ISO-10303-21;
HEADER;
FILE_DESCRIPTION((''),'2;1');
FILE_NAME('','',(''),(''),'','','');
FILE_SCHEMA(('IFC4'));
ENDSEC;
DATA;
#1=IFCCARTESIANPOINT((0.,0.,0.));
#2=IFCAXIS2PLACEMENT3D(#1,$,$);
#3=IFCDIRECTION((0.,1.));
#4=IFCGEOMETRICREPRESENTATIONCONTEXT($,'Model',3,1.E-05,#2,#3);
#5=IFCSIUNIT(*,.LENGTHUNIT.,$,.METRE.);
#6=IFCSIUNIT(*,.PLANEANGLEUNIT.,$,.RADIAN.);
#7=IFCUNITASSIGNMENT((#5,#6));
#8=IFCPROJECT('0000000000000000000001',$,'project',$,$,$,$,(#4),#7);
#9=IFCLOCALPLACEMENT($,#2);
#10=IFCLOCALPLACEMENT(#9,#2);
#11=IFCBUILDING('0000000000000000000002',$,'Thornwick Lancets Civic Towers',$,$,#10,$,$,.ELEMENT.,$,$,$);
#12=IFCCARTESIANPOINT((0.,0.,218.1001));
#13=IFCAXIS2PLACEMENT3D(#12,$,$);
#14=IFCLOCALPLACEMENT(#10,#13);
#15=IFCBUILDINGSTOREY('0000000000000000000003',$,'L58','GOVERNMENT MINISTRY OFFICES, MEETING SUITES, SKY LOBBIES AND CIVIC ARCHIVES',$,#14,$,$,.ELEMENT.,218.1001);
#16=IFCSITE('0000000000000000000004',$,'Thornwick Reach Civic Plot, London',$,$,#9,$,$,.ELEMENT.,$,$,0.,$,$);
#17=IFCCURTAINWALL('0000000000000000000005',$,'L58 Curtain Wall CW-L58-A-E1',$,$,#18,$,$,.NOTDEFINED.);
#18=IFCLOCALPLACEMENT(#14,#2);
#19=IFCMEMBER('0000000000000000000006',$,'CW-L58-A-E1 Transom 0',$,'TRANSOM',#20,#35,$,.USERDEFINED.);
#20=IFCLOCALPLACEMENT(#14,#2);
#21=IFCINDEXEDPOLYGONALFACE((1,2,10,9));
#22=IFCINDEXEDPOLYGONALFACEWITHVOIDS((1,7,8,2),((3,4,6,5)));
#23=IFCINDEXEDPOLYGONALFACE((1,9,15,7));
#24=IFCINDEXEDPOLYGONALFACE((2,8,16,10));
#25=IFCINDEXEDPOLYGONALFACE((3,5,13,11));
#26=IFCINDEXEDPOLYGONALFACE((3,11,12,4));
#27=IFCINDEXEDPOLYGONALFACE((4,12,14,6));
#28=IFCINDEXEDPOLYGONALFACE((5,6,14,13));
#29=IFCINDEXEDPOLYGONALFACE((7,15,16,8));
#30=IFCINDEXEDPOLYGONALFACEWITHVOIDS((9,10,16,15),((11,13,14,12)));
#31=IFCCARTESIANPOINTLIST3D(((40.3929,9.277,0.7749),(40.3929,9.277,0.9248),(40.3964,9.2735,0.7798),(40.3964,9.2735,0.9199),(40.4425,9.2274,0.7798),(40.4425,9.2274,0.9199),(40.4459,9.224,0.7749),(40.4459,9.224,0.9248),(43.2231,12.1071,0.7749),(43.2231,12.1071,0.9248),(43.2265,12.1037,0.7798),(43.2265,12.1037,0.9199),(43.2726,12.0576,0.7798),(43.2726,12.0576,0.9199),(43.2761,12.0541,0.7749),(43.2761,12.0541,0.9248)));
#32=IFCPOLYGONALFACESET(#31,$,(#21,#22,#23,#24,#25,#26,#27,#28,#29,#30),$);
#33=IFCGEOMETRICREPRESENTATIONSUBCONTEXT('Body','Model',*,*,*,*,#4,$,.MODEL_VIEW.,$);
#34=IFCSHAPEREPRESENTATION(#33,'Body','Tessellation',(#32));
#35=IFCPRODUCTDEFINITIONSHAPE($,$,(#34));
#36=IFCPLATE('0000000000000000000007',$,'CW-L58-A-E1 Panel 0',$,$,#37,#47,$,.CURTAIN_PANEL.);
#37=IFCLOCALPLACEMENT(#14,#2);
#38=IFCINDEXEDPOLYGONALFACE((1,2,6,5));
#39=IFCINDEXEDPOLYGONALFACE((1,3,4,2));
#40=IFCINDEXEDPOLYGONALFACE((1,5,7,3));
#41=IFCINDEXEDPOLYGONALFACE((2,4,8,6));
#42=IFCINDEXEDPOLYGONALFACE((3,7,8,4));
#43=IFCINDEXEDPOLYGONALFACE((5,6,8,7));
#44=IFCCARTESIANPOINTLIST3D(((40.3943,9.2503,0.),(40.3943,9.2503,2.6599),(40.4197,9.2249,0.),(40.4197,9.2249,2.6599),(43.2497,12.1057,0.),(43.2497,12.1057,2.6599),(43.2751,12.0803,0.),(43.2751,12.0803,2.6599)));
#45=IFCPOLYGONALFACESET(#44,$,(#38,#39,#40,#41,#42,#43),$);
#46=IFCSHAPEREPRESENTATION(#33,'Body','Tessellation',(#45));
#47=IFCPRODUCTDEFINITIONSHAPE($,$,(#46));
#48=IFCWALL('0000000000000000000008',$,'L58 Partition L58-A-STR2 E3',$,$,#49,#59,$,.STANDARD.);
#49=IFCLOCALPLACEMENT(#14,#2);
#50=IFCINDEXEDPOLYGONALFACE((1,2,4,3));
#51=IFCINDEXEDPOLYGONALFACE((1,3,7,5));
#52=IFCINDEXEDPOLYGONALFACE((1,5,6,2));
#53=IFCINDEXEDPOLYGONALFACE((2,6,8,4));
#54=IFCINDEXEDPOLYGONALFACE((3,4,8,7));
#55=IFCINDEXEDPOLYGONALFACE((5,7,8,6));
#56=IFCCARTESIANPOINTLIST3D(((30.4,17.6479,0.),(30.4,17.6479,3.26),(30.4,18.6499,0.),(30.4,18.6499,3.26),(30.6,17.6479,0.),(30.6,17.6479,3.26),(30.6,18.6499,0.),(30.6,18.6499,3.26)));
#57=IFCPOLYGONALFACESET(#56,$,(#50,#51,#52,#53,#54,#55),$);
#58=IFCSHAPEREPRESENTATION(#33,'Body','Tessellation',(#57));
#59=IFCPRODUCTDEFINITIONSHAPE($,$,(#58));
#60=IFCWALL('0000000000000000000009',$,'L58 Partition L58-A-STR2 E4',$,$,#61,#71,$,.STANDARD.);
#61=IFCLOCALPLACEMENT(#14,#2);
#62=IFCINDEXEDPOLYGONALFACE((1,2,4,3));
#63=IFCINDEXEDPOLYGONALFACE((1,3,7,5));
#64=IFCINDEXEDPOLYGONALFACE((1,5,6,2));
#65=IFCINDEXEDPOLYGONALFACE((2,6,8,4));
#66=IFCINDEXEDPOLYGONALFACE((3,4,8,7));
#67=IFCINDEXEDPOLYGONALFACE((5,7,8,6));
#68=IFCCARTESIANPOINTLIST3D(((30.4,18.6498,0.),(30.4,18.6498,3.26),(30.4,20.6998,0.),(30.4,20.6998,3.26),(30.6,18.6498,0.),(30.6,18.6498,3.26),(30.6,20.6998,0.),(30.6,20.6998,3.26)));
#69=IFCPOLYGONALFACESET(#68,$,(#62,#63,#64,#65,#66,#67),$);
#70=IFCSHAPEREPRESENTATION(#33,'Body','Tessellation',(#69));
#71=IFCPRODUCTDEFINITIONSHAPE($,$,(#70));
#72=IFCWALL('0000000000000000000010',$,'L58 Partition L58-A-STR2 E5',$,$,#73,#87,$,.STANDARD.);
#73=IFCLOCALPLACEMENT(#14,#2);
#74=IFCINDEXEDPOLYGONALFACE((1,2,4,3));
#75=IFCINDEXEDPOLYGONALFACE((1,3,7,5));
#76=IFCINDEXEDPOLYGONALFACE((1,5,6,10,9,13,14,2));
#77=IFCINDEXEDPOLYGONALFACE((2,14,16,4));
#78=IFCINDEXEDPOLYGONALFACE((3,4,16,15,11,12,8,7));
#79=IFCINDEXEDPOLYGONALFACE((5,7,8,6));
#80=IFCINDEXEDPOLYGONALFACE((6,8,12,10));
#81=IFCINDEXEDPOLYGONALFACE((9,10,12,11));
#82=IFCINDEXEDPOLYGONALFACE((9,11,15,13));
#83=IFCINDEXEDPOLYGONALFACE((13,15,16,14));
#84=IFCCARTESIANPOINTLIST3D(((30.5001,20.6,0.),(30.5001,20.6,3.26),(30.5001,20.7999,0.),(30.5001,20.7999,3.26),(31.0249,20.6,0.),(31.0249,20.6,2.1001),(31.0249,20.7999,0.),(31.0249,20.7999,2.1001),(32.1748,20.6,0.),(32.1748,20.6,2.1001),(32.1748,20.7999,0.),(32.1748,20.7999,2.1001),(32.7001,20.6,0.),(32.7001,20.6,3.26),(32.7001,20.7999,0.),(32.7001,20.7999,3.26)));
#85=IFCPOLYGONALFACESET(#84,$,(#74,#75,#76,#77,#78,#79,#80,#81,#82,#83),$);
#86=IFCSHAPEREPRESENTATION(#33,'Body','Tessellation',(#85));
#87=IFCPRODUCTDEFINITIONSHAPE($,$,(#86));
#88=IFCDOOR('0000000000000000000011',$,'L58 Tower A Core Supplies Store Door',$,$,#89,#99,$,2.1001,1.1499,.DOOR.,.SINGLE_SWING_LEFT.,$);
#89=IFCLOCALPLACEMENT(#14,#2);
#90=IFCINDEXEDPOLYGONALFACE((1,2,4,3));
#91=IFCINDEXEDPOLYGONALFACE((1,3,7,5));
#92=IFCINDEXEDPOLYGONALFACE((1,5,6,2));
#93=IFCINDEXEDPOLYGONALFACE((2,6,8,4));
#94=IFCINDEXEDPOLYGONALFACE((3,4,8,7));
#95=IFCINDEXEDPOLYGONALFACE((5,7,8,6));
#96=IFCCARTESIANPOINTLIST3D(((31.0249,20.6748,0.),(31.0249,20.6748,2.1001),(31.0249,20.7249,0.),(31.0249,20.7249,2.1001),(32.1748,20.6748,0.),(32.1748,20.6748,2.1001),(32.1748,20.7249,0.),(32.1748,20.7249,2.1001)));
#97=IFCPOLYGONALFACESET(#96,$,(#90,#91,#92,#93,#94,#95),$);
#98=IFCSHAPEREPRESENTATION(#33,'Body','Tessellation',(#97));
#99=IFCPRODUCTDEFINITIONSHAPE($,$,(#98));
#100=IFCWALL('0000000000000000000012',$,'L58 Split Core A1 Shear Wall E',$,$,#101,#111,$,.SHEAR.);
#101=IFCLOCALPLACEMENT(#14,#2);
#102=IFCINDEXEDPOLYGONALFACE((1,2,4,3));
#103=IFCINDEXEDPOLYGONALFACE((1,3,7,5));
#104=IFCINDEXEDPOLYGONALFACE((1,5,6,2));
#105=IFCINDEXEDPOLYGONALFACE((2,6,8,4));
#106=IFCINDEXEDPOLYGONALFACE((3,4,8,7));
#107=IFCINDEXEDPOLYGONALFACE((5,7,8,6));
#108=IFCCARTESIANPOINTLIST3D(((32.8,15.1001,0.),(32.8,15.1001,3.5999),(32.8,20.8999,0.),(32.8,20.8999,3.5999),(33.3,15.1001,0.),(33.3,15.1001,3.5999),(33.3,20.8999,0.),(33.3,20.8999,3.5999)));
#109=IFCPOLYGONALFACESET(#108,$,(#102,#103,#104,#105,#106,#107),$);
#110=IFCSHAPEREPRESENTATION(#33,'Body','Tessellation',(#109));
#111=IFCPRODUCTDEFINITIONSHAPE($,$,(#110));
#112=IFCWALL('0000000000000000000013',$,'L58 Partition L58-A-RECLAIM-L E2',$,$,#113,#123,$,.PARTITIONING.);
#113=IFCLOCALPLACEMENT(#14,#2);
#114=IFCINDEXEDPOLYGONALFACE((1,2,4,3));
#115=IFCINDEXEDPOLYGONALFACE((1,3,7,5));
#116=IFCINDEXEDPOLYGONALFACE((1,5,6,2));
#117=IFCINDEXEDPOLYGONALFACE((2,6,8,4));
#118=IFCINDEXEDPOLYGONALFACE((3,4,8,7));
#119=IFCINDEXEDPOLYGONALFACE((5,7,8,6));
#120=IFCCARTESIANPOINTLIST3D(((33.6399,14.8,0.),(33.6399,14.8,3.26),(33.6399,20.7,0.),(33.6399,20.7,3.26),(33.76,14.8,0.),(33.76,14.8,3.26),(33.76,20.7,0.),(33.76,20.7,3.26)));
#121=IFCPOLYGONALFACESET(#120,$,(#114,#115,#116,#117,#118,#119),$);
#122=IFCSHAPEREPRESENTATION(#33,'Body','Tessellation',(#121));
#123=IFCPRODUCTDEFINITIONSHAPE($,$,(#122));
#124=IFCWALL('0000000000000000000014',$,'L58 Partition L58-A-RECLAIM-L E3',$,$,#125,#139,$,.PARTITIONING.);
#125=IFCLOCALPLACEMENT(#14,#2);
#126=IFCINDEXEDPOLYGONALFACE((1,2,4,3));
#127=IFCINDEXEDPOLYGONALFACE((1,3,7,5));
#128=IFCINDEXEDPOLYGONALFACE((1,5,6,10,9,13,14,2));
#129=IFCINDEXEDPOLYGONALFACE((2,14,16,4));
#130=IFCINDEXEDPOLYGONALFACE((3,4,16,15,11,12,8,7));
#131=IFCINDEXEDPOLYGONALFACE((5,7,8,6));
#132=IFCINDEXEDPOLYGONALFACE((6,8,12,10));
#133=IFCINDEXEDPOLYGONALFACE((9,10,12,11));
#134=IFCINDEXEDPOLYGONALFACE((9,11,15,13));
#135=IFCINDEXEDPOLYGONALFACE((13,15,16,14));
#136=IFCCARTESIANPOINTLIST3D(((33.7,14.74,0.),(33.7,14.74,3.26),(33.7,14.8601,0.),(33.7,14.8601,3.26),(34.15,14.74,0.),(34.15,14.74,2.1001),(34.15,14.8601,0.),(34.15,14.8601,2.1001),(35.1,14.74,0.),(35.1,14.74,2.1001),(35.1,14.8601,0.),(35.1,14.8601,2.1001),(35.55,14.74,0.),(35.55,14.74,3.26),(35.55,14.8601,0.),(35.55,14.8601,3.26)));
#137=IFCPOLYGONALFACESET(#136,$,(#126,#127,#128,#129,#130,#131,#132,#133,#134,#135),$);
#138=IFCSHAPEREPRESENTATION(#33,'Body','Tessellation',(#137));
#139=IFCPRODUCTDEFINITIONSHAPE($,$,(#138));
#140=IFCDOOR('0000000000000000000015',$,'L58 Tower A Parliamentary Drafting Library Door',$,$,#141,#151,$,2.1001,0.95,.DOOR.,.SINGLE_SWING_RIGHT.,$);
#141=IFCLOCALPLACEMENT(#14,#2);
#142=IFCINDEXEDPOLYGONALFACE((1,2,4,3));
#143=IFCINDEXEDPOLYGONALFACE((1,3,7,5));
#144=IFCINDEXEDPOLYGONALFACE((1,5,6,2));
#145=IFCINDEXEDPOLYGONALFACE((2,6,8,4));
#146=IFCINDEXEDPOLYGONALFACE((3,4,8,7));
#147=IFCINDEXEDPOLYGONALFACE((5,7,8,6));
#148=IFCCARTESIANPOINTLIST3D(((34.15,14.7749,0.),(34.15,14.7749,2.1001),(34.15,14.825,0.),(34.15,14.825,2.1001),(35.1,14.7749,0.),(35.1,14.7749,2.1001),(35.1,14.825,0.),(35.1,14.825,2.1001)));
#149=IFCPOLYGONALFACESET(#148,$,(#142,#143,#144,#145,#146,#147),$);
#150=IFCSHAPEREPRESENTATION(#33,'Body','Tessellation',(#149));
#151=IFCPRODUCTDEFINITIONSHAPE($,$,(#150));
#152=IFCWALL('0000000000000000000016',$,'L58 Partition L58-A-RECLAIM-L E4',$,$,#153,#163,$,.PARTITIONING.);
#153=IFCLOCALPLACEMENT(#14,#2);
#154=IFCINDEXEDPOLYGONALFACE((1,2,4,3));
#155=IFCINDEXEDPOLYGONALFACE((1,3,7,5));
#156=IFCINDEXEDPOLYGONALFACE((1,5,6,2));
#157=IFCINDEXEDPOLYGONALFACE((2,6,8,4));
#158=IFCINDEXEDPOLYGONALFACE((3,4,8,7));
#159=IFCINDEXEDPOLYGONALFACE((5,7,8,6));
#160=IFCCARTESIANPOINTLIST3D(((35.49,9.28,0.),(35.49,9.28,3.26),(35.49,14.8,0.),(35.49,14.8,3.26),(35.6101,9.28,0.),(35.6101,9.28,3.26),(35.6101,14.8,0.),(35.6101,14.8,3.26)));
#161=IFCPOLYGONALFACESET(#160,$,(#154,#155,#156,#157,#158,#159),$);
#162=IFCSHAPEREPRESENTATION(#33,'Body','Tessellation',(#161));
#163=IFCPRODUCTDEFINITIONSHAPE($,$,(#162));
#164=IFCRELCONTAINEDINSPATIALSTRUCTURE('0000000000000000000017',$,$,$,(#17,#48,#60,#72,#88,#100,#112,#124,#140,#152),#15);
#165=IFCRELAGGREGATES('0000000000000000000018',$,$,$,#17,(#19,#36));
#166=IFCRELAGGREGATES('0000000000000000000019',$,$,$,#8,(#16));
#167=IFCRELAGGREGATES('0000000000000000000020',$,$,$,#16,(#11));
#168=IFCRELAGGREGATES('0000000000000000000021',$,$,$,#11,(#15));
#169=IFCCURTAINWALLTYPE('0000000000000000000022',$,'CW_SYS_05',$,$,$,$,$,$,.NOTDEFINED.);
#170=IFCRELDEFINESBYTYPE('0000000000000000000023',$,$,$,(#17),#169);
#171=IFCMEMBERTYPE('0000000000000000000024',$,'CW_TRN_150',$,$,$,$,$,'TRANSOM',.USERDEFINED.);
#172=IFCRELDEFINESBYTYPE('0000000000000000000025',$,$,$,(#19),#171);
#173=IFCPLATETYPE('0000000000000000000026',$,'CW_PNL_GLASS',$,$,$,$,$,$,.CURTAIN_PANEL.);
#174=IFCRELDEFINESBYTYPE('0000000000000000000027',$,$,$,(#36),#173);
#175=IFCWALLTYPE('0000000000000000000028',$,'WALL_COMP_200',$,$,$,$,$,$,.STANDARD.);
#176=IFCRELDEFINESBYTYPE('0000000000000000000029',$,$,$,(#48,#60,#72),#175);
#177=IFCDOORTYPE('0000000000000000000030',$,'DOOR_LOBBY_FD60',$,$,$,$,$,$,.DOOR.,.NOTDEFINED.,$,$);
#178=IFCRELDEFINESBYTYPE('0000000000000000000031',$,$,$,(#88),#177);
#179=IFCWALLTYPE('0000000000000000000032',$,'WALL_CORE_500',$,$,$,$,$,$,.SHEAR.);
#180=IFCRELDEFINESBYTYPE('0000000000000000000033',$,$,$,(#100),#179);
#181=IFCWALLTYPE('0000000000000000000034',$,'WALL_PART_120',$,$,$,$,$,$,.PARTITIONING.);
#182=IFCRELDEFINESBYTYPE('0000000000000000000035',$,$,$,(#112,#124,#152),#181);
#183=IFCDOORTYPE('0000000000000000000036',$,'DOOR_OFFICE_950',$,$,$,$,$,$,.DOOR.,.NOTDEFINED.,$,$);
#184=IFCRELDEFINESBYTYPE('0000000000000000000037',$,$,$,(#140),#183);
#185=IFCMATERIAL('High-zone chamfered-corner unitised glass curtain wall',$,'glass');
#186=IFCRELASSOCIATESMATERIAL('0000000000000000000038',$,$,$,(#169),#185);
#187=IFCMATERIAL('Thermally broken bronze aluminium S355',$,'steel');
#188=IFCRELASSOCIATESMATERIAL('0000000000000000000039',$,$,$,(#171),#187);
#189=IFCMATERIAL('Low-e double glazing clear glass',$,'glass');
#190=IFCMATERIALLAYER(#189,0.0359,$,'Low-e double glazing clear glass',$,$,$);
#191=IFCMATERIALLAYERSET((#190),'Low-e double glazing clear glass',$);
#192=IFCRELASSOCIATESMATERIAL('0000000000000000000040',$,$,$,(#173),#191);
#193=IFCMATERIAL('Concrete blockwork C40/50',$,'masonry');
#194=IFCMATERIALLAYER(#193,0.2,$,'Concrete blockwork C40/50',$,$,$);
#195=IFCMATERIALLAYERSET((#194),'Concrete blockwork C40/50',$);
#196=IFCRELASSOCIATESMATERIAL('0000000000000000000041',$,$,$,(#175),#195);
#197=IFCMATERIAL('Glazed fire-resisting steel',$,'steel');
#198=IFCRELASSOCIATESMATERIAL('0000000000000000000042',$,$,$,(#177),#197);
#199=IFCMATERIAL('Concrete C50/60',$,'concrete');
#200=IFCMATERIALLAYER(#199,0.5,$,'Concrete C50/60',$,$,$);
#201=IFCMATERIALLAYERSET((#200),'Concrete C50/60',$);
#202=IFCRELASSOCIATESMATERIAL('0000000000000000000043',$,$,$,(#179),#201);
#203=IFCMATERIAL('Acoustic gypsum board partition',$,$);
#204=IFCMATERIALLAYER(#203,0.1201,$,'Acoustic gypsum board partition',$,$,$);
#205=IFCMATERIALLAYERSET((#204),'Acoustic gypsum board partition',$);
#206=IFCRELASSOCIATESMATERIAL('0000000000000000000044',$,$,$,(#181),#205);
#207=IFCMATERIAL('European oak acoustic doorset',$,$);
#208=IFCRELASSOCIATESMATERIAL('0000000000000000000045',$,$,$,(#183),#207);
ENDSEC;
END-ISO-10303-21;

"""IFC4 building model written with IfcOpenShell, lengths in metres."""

from ifc_helpers import new_model, si_unit, direction, frame, frame_2d, origin, origin_2d, place, context, subcontext, project, spatial, rectangle, hollow_rectangle, extrude, material, layer, layer_set, material_profile, profile_set, type_object, element, fill, aggregate, save


model = new_model("IFC4")

# Units and contexts
model_context = context("Model", 3, precision=1e-05, world=origin(), true_north=direction((0.0, 1.0)))
body_context = subcontext(model_context, "Body", "Model", "MODEL_VIEW")
ifc_project = project(units=[si_unit("LENGTHUNIT", "METRE"), si_unit("PLANEANGLEUNIT", "RADIAN")], contexts=[model_context])

# Site, building, storey
site_placement = place(None, origin())
site = spatial("IfcSite", under=ifc_project, at=site_placement, Name="Thornwick Reach Civic Plot, London", CompositionType="ELEMENT", RefElevation=0.0)
building_placement = place(site_placement, origin())
building = spatial("IfcBuilding", under=site, at=building_placement, Name="Thornwick Lancets Civic Towers", CompositionType="ELEMENT")
storey_placement = place(building_placement, frame((0.0, 0.0, 218.1001)))
storey = spatial("IfcBuildingStorey", under=building, at=storey_placement, Name="L58", Description="GOVERNMENT MINISTRY OFFICES, MEETING SUITES, SKY LOBBIES AND CIVIC ARCHIVES", CompositionType="ELEMENT", Elevation=218.1001)

# Shared definitions
ifc_material_1 = material(Name="Concrete C50/60", Category="concrete")

# Curtain wall, member, plate
ifc_material_2 = material(Name="High-zone chamfered-corner unitised glass curtain wall", Category="glass")
curtain_wall_type = type_object("IfcCurtainWallType", Name="CW_SYS_05", PredefinedType="NOTDEFINED", material=ifc_material_2)
curtain_wall_placement = place(storey_placement, origin())
curtain_wall = element("IfcCurtainWall", 1, at=curtain_wall_placement, inside=storey, type_object=curtain_wall_type, Name="L58 Curtain Wall CW-L58-A-E1", PredefinedType="NOTDEFINED")
ifc_material_3 = material(Name="Thermally broken bronze aluminium S355", Category="steel")
ifc_material_profile_1 = material_profile(ifc_material_3, hollow_rectangle(XDim=0.075, YDim=0.1499, WallThickness=0.0049, at=origin_2d()), Name="RHS 150x75x5")
ifc_profile_set_1 = profile_set([ifc_material_profile_1], Name="Thermally broken bronze aluminium S355")
member_type_1 = type_object("IfcMemberType", Name="CW_TRN_150", ElementType="TRANSOM", PredefinedType="USERDEFINED", material=ifc_profile_set_1)
member_1_placement = place(storey_placement, frame((40.4194, 9.2505, 0.8499), z_axis=(0.707107, 0.707107, 0.0), x_axis=(-0.707107, 0.707107, 0.0)))
member_1 = element("IfcMember", 2, at=member_1_placement, type_object=member_type_1, Name="CW-L58-A-E1 Transom 0", ObjectType="TRANSOM", PredefinedType="USERDEFINED", context=body_context, shape_type="SweptSolid", body=[
    extrude(hollow_rectangle(XDim=0.075, YDim=0.1499, WallThickness=0.0049, at=origin_2d()), origin(), (0.0, 0.0, 1.0), 4.0024),
])
ifc_material_4 = material(Name="Low-e double glazing clear glass", Category="glass")
ifc_layer_1 = layer(ifc_material_4, 0.0359, Name="Low-e double glazing clear glass")
ifc_layer_set_1 = layer_set([ifc_layer_1], Name="Low-e double glazing clear glass")
plate_type = type_object("IfcPlateType", Name="CW_PNL_GLASS", PredefinedType="CURTAIN_PANEL", material=ifc_layer_set_1)
plate_placement = place(storey_placement, frame((41.8347, 10.6653, 0.0), z_axis=(0.0, 0.0, 1.0), x_axis=(0.707107, 0.707107, 0.0)))
plate = element("IfcPlate", 3, at=plate_placement, type_object=plate_type, Name="CW-L58-A-E1 Panel 0", PredefinedType="CURTAIN_PANEL", context=body_context, shape_type="SweptSolid", body=[
    extrude(rectangle(XDim=4.0381, YDim=0.0359, at=origin_2d()), origin(), (0.0, 0.0, 1.0), 2.6599),
])
aggregate(curtain_wall, [member_1, plate])

# Walls
ifc_material_5 = material(Name="Concrete blockwork C40/50", Category="masonry")
ifc_layer_2 = layer(ifc_material_5, 0.2, Name="Concrete blockwork C40/50")
ifc_layer_set_2 = layer_set([ifc_layer_2], Name="Concrete blockwork C40/50")
wall_type_1 = type_object("IfcWallType", Name="WALL_COMP_200", PredefinedType="STANDARD", material=ifc_layer_set_2)
wall_1_placement = place(storey_placement, frame((30.5, 17.6479, 0.0), z_axis=(0.0, 0.0, 1.0), x_axis=(0.0, 1.0, 0.0)))
element("IfcWall", 4, at=wall_1_placement, inside=storey, type_object=wall_type_1, Name="L58 Partition L58-A-STR2 E3", PredefinedType="STANDARD", context=body_context, shape_type="SweptSolid", body=[
    extrude(rectangle(XDim=1.002, YDim=0.2, at=frame_2d((0.501, 0.0))), origin(), (0.0, 0.0, 1.0), 3.26),
])
wall_2_placement = place(storey_placement, frame((30.5, 18.6499, 0.0), z_axis=(0.0, 0.0, 1.0), x_axis=(0.0, 1.0, 0.0)))
element("IfcWall", 5, at=wall_2_placement, inside=storey, type_object=wall_type_1, Name="L58 Partition L58-A-STR2 E4", PredefinedType="STANDARD", context=body_context, shape_type="SweptSolid", body=[
    extrude(rectangle(XDim=2.05, YDim=0.2, at=frame_2d((1.0249, 0.0))), origin(), (0.0, 0.0, 1.0), 3.26),
])

# Wall, opening, door
wall_3_placement = place(storey_placement, frame((30.5, 20.7, 0.0), z_axis=(0.0, 0.0, 1.0), x_axis=(1.0, 0.0, 0.0)))
wall_3 = element("IfcWall", 6, at=wall_3_placement, inside=storey, type_object=wall_type_1, Name="L58 Partition L58-A-STR2 E5", PredefinedType="STANDARD", context=body_context, shape_type="SweptSolid", body=[
    extrude(rectangle(XDim=2.2, YDim=0.2, at=frame_2d((1.1001, 0.0))), origin(), (0.0, 0.0, 1.0), 3.26),
])
opening_1_placement = place(wall_3_placement, frame((0.5249, 0.0, 0.0)))
opening_1 = element("IfcOpeningElement", 7, at=opening_1_placement, cuts=wall_3, PredefinedType="OPENING", context=body_context, shape_type="SweptSolid", body=[
    extrude(rectangle(XDim=1.1499, YDim=2.1001, at=frame_2d((0.575, 1.05))), frame((0.0, 0.1099, 0.0), z_axis=(0.0, -1.0, 0.0), x_axis=(1.0, 0.0, 0.0)), (0.0, 0.0, 1.0), 0.22),
])
ifc_material_6 = material(Name="Glazed fire-resisting steel", Category="steel")
door_type_1 = type_object("IfcDoorType", Name="DOOR_LOBBY_FD60", OperationType="NOTDEFINED", PredefinedType="DOOR", material=ifc_material_6)
door_1_placement = place(opening_1_placement, origin())
door_1 = element("IfcDoor", 8, at=door_1_placement, inside=storey, type_object=door_type_1, Name="L58 Tower A Core Supplies Store Door", OperationType="SINGLE_SWING_LEFT", OverallHeight=2.1001, OverallWidth=1.1499, PredefinedType="DOOR", context=body_context, shape_type="SweptSolid", body=[
    extrude(rectangle(XDim=1.1499, YDim=2.1001, at=frame_2d((0.575, 1.05))), frame((0.0, 0.0249, 0.0), z_axis=(0.0, -1.0, 0.0), x_axis=(1.0, 0.0, 0.0)), (0.0, 0.0, 1.0), 0.05),
])
fill(opening_1, door_1)

# Walls
ifc_layer_3 = layer(ifc_material_1, 0.5, Name="Concrete C50/60")
ifc_layer_set_3 = layer_set([ifc_layer_3], Name="Concrete C50/60")
wall_type_2 = type_object("IfcWallType", Name="WALL_CORE_500", PredefinedType="SHEAR", material=ifc_layer_set_3)
wall_4_placement = place(storey_placement, frame((33.05, 15.1001, 0.0), z_axis=(0.0, 0.0, 1.0), x_axis=(0.0, 1.0, 0.0)))
element("IfcWall", 9, at=wall_4_placement, inside=storey, type_object=wall_type_2, Name="L58 Split Core A1 Shear Wall E", PredefinedType="SHEAR", context=body_context, shape_type="SweptSolid", body=[
    extrude(rectangle(XDim=5.7998, YDim=0.5, at=frame_2d((2.8999, 0.0))), origin(), (0.0, 0.0, 1.0), 3.5999),
])
ifc_material_7 = material(Name="Acoustic gypsum board partition")
ifc_layer_4 = layer(ifc_material_7, 0.1201, Name="Acoustic gypsum board partition")
ifc_layer_set_4 = layer_set([ifc_layer_4], Name="Acoustic gypsum board partition")
wall_type_3 = type_object("IfcWallType", Name="WALL_PART_120", PredefinedType="PARTITIONING", material=ifc_layer_set_4)
wall_5_placement = place(storey_placement, frame((33.7, 20.7, 0.0), z_axis=(0.0, 0.0, 1.0), x_axis=(0.0, -1.0, 0.0)))
element("IfcWall", 10, at=wall_5_placement, inside=storey, type_object=wall_type_3, Name="L58 Partition L58-A-RECLAIM-L E2", PredefinedType="PARTITIONING", context=body_context, shape_type="SweptSolid", body=[
    extrude(rectangle(XDim=5.8999, YDim=0.1201, at=frame_2d((2.95, 0.0))), origin(), (0.0, 0.0, 1.0), 3.26),
])

# Wall, opening, door
wall_6_placement = place(storey_placement, frame((33.7, 14.8, 0.0), z_axis=(0.0, 0.0, 1.0), x_axis=(1.0, 0.0, 0.0)))
wall_6 = element("IfcWall", 11, at=wall_6_placement, inside=storey, type_object=wall_type_3, Name="L58 Partition L58-A-RECLAIM-L E3", PredefinedType="PARTITIONING", context=body_context, shape_type="SweptSolid", body=[
    extrude(rectangle(XDim=1.8501, YDim=0.1201, at=frame_2d((0.925, 0.0))), origin(), (0.0, 0.0, 1.0), 3.26),
])
opening_2_placement = place(wall_6_placement, frame((0.45, 0.0, 0.0)))
opening_2 = element("IfcOpeningElement", 12, at=opening_2_placement, cuts=wall_6, PredefinedType="OPENING", context=body_context, shape_type="SweptSolid", body=[
    extrude(rectangle(XDim=0.95, YDim=2.1001, at=frame_2d((0.4751, 1.05))), frame((0.0, 0.0701, 0.0), z_axis=(0.0, -1.0, 0.0), x_axis=(1.0, 0.0, 0.0)), (0.0, 0.0, 1.0), 0.1401),
])
ifc_material_8 = material(Name="European oak acoustic doorset")
door_type_2 = type_object("IfcDoorType", Name="DOOR_OFFICE_950", OperationType="NOTDEFINED", PredefinedType="DOOR", material=ifc_material_8)
door_2_placement = place(opening_2_placement, origin())
door_2 = element("IfcDoor", 13, at=door_2_placement, inside=storey, type_object=door_type_2, Name="L58 Tower A Parliamentary Drafting Library Door", OperationType="SINGLE_SWING_RIGHT", OverallHeight=2.1001, OverallWidth=0.95, PredefinedType="DOOR", context=body_context, shape_type="SweptSolid", body=[
    extrude(rectangle(XDim=0.95, YDim=2.1001, at=frame_2d((0.4751, 1.05))), frame((0.0, 0.0249, 0.0), z_axis=(0.0, -1.0, 0.0), x_axis=(1.0, 0.0, 0.0)), (0.0, 0.0, 1.0), 0.05),
])
fill(opening_2, door_2)

# Wall
wall_7_placement = place(storey_placement, frame((35.55, 14.8, 0.0), z_axis=(0.0, 0.0, 1.0), x_axis=(0.0, -1.0, 0.0)))
element("IfcWall", 14, at=wall_7_placement, inside=storey, type_object=wall_type_3, Name="L58 Partition L58-A-RECLAIM-L E4", PredefinedType="PARTITIONING", context=body_context, shape_type="SweptSolid", body=[
    extrude(rectangle(XDim=5.52, YDim=0.1201, at=frame_2d((2.76, 0.0))), origin(), (0.0, 0.0, 1.0), 3.26),
])

save(model, "model.ifc")
